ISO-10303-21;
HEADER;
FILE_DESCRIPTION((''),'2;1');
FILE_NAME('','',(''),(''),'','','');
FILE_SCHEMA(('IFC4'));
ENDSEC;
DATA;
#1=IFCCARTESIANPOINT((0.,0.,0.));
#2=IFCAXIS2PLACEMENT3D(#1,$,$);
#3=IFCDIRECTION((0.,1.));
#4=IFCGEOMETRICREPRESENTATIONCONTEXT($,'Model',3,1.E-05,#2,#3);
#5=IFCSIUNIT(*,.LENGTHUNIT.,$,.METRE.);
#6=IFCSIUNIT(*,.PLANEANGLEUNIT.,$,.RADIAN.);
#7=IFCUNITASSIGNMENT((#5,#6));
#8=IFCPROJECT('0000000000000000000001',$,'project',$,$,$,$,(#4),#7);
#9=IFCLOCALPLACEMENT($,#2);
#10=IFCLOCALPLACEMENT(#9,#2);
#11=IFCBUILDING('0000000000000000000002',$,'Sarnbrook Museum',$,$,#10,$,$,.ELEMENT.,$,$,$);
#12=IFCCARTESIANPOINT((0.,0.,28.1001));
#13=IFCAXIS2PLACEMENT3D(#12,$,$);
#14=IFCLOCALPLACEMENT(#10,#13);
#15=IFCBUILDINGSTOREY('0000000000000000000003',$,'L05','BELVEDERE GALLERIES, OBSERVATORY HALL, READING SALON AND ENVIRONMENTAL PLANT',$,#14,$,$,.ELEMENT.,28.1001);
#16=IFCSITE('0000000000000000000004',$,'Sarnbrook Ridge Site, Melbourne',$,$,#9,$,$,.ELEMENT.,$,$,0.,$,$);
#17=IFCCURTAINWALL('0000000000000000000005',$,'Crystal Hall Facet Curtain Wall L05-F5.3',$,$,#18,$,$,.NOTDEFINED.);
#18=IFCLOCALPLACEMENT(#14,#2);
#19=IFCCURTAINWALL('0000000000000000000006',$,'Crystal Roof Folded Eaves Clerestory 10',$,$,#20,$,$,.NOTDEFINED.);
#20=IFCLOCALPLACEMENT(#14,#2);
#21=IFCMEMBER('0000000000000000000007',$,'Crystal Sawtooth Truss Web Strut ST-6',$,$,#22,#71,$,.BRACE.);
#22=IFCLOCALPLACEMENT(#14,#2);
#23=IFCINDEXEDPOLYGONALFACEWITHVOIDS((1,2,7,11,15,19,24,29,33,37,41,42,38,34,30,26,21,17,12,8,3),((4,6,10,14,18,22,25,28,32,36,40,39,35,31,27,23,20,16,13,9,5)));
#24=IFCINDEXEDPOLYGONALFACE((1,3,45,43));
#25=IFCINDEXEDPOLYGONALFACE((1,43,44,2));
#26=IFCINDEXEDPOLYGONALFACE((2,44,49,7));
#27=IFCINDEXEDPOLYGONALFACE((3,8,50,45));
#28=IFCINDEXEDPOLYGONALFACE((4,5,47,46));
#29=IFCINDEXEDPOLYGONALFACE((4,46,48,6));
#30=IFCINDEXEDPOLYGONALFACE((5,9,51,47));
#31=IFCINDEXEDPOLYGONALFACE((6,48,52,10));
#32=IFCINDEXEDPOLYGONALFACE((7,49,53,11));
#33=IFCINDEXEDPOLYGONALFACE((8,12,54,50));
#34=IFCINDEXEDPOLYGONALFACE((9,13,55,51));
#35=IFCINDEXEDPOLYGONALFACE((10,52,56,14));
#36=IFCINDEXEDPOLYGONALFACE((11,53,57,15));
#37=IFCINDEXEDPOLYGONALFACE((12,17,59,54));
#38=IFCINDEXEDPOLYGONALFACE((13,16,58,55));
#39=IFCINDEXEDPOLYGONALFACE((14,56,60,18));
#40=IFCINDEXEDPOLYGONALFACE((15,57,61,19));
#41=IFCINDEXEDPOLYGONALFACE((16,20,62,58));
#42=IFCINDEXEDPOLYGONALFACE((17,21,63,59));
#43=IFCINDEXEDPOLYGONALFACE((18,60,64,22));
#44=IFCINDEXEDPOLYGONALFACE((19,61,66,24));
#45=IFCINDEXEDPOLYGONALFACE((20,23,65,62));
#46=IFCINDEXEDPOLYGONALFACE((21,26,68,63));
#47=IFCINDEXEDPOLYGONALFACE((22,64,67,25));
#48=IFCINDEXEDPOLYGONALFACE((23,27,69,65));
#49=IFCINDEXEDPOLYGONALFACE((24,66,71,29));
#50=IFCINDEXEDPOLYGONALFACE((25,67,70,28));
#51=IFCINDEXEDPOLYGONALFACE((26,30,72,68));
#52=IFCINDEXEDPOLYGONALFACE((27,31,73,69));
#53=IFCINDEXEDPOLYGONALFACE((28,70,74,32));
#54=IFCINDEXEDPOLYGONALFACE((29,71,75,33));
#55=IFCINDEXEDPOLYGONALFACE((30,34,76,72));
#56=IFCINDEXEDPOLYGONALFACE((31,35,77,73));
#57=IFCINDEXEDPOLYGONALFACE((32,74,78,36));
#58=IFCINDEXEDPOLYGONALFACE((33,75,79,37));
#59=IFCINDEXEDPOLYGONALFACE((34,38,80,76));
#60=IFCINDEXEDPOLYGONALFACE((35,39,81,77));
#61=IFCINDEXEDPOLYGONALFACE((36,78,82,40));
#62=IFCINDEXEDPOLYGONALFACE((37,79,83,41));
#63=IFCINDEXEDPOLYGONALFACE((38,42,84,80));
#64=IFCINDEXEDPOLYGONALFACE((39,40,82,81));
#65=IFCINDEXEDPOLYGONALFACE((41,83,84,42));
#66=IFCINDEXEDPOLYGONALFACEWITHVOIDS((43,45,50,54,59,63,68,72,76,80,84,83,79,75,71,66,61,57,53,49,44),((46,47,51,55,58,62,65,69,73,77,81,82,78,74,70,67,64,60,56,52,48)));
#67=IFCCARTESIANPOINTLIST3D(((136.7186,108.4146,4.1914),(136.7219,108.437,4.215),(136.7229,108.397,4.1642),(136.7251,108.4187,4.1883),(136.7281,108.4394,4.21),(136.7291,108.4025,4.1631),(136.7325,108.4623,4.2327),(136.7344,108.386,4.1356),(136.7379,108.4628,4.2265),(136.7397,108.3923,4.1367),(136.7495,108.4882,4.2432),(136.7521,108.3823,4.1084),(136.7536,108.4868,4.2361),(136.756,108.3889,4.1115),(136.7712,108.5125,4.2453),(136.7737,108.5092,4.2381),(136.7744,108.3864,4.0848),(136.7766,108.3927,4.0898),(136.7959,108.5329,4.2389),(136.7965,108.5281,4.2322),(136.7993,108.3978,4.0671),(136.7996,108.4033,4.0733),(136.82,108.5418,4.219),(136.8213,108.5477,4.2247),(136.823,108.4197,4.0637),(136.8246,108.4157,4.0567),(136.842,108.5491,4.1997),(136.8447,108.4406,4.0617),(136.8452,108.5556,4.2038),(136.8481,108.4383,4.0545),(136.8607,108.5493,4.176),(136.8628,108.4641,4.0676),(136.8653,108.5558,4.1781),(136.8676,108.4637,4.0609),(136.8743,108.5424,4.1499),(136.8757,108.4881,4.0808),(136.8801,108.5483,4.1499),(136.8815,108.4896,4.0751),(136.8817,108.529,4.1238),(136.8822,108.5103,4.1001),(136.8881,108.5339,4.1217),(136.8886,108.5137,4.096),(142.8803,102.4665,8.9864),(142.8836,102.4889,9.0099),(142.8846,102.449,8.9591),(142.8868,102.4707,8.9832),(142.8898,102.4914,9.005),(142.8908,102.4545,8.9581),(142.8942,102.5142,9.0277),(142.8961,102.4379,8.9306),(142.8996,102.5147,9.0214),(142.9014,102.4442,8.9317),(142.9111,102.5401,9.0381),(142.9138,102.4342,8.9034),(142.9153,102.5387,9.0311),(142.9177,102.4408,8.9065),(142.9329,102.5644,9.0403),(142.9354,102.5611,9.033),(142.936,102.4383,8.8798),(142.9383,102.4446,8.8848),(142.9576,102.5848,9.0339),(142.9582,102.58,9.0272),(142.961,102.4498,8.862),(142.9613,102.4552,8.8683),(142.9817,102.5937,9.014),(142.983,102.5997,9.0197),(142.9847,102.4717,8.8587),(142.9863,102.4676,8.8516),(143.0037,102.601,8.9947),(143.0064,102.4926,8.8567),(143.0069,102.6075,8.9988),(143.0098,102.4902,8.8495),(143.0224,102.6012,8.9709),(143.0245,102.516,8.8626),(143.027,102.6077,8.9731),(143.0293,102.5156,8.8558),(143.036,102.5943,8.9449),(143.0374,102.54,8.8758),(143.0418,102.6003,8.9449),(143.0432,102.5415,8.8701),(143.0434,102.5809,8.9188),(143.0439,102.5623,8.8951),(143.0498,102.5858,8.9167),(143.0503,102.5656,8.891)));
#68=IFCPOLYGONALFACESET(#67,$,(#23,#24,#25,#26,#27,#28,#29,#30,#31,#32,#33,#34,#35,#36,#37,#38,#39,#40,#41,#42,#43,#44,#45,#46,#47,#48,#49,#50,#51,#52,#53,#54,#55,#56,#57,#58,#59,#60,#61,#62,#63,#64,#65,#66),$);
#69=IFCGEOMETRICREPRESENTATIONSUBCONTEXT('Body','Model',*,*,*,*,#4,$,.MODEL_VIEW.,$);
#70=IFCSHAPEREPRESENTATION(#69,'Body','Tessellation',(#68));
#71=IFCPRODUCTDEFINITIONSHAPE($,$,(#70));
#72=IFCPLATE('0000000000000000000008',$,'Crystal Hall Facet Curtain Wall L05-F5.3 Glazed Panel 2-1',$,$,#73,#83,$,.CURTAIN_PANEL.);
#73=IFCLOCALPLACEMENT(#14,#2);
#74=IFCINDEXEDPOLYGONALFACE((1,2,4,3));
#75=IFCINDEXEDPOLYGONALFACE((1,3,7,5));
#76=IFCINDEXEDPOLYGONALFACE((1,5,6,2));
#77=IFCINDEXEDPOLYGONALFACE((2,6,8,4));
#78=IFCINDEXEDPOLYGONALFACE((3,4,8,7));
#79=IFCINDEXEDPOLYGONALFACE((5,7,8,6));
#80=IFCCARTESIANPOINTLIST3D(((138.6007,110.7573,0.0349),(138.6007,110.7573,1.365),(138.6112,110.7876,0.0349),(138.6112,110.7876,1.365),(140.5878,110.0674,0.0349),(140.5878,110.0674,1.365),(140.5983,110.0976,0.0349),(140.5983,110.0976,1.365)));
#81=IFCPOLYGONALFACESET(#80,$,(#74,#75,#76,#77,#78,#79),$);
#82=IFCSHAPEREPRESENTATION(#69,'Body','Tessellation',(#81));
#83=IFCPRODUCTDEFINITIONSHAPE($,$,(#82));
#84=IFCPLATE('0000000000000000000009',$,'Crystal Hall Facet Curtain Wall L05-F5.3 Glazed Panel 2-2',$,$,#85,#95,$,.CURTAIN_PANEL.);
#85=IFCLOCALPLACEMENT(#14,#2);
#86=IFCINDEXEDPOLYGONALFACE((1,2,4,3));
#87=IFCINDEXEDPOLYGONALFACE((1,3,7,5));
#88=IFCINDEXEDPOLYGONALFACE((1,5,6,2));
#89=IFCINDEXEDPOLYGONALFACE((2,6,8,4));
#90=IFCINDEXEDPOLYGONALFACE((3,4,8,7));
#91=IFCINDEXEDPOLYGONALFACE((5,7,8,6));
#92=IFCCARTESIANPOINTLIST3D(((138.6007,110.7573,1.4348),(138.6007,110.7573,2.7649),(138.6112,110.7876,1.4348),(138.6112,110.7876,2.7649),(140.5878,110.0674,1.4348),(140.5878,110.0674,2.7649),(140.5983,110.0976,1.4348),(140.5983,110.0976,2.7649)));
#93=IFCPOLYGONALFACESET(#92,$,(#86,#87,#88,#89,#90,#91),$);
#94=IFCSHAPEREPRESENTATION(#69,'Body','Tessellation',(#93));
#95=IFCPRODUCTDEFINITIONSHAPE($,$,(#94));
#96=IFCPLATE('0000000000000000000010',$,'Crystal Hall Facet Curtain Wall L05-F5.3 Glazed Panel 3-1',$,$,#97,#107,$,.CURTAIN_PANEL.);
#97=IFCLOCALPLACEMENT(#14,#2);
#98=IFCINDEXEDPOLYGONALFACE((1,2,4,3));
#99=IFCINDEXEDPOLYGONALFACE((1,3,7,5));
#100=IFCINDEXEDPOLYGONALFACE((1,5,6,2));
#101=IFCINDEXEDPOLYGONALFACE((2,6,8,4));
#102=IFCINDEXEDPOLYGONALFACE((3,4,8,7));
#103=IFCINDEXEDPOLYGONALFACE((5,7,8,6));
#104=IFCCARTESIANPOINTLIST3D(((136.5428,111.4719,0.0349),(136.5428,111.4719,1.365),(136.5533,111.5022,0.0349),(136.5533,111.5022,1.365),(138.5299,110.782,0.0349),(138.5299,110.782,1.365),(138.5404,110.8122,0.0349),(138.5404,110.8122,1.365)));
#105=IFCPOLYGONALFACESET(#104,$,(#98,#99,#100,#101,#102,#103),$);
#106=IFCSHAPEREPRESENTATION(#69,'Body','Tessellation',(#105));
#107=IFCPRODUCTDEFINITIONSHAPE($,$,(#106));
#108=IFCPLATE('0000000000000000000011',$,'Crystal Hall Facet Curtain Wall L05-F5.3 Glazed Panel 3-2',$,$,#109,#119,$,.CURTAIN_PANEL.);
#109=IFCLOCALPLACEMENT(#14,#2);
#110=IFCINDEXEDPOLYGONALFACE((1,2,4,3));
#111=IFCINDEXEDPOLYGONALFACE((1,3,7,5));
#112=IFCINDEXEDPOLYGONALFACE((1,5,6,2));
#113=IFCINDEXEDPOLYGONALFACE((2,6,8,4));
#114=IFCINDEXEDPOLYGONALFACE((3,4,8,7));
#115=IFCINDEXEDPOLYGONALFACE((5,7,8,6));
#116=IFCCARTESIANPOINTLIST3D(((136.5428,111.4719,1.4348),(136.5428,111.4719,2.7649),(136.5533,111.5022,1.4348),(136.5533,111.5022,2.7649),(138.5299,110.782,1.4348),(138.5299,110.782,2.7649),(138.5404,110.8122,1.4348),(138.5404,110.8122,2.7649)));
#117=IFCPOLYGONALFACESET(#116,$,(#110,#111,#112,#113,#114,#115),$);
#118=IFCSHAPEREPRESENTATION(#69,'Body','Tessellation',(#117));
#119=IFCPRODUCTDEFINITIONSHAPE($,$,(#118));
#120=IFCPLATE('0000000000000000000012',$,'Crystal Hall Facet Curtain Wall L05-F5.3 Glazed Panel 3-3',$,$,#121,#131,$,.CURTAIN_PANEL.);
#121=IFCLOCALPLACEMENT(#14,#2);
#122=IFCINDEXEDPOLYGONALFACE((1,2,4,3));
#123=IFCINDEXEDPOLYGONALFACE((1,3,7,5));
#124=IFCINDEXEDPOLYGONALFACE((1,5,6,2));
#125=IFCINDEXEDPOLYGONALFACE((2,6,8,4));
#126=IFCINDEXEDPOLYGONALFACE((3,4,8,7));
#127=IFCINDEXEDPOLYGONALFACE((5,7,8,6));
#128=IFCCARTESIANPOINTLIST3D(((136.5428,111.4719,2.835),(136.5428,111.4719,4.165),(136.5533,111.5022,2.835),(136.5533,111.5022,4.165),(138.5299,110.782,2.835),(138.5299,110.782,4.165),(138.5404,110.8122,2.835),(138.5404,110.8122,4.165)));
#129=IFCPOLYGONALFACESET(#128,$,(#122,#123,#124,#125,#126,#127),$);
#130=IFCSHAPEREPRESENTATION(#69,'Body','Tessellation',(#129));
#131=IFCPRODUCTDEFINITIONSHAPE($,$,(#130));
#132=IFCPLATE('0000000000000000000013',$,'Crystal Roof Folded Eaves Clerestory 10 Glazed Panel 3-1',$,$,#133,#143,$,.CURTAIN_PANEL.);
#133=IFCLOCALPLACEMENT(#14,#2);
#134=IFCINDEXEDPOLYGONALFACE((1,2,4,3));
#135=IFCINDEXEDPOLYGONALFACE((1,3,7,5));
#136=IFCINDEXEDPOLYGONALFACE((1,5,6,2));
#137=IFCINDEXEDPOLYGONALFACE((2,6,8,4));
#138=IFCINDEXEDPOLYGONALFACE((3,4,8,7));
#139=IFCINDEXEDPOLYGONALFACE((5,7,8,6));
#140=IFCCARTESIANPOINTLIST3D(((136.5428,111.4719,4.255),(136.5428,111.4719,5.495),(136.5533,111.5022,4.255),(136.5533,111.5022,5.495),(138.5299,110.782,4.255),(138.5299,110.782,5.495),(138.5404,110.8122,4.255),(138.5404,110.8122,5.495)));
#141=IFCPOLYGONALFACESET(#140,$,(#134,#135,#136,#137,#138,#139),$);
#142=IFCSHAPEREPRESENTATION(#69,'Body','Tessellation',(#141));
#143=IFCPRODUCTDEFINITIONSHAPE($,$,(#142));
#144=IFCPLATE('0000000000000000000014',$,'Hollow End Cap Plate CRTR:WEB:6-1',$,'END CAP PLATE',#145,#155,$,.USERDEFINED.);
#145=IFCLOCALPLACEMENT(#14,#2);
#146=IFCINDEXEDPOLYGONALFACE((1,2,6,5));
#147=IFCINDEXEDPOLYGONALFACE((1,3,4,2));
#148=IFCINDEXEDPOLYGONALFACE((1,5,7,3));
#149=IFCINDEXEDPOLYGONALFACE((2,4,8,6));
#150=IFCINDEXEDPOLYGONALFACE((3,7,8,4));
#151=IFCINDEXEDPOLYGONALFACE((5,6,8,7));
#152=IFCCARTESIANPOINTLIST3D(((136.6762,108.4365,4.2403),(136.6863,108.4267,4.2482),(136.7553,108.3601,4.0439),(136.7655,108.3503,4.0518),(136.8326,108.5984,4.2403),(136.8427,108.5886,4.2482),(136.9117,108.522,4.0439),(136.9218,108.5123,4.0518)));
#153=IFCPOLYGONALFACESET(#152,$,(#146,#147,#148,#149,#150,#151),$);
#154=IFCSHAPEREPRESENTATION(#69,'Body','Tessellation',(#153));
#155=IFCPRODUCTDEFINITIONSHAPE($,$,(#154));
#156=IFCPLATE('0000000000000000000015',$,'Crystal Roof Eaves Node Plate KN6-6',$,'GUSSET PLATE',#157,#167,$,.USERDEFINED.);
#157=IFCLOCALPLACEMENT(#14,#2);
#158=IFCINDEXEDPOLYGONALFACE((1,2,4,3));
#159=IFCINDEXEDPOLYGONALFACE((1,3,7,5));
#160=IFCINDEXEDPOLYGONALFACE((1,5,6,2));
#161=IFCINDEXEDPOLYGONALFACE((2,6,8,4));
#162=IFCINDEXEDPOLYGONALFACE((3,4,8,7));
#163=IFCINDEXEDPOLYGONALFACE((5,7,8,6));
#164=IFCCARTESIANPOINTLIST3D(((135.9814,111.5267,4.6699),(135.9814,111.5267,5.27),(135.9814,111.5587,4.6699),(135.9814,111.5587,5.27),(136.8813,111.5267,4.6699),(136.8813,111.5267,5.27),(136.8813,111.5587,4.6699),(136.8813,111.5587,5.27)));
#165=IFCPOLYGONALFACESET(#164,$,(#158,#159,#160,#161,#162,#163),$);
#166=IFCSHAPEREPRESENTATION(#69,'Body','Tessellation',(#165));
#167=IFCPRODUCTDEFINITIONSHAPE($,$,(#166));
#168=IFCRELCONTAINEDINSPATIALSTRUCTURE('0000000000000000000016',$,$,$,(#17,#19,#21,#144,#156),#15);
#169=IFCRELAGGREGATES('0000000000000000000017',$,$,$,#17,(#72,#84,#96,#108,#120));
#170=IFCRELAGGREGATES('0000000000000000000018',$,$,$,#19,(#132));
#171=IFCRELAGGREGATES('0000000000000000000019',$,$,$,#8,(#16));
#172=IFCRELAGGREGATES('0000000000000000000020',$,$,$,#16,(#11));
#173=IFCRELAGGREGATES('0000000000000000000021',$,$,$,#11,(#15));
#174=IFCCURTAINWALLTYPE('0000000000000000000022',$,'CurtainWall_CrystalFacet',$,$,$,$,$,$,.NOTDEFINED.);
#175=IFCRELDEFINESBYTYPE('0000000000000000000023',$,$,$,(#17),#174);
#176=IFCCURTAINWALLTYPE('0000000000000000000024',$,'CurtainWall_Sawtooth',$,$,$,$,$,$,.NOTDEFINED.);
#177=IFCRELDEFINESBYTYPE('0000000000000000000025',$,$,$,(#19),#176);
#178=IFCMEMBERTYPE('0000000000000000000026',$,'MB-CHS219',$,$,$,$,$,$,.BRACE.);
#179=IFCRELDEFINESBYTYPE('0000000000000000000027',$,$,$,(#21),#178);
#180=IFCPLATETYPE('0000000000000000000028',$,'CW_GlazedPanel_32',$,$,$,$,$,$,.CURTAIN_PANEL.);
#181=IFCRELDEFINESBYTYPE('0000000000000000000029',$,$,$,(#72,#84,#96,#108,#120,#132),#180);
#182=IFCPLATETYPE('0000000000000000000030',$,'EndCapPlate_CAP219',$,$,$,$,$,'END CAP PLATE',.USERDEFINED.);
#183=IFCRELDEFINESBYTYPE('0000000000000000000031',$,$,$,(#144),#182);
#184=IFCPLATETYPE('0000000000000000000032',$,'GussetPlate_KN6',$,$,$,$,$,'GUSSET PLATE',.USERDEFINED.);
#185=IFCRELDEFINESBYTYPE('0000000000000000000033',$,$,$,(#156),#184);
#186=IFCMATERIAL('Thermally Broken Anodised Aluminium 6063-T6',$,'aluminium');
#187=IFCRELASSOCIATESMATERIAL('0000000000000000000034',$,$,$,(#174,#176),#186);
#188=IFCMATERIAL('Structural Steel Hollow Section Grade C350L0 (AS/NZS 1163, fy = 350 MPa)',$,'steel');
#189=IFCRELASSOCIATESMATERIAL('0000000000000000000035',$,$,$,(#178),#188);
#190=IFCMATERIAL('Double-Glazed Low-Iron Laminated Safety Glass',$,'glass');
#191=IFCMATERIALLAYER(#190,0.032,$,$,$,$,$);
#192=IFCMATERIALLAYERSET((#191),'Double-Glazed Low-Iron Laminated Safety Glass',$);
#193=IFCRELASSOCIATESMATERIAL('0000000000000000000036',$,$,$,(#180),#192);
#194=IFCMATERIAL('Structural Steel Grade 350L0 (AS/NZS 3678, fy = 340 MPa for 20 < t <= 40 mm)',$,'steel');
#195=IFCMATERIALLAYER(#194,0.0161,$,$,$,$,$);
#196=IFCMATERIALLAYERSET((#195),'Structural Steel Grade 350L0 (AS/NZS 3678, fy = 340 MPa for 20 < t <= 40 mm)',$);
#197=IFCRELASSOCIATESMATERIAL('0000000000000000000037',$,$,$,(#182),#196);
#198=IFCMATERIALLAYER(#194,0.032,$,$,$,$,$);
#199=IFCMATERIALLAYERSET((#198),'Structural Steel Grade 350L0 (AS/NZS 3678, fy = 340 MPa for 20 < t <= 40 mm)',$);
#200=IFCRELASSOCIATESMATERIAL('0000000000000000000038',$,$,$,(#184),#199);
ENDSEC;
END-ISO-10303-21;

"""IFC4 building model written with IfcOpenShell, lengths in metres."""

from ifc_helpers import new_model, si_unit, direction, frame, origin, origin_2d, place, context, subcontext, project, spatial, rectangle, hollow_circle, extrude, material, layer, layer_set, material_profile, profile_set, type_object, element, aggregate, save


model = new_model("IFC4")

# Units and contexts
model_context = context("Model", 3, precision=1e-05, world=origin(), true_north=direction((0.0, 1.0)))
body_context = subcontext(model_context, "Body", "Model", "MODEL_VIEW")
ifc_project = project(units=[si_unit("LENGTHUNIT", "METRE"), si_unit("PLANEANGLEUNIT", "RADIAN")], contexts=[model_context])

# Site, building, storey
site_placement = place(None, origin())
site = spatial("IfcSite", under=ifc_project, at=site_placement, Name="Sarnbrook Ridge Site, Melbourne", CompositionType="ELEMENT", RefElevation=0.0)
building_placement = place(site_placement, origin())
building = spatial("IfcBuilding", under=site, at=building_placement, Name="Sarnbrook Museum", CompositionType="ELEMENT")
storey_placement = place(building_placement, frame((0.0, 0.0, 28.1001)))
storey = spatial("IfcBuildingStorey", under=building, at=storey_placement, Name="L05", Description="BELVEDERE GALLERIES, OBSERVATORY HALL, READING SALON AND ENVIRONMENTAL PLANT", CompositionType="ELEMENT", Elevation=28.1001)

# Shared definitions
ifc_material_1 = material(Name="Structural Steel Grade 350L0 (AS/NZS 3678, fy = 340 MPa for 20 < t <= 40 mm)", Category="steel")

# Curtain walls
ifc_material_2 = material(Name="Thermally Broken Anodised Aluminium 6063-T6", Category="aluminium")
curtain_wall_type_1 = type_object("IfcCurtainWallType", Name="CurtainWall_CrystalFacet", PredefinedType="NOTDEFINED", material=ifc_material_2)
curtain_wall_1_placement = place(storey_placement, origin())
curtain_wall_1 = element("IfcCurtainWall", 1, at=curtain_wall_1_placement, inside=storey, type_object=curtain_wall_type_1, Name="Crystal Hall Facet Curtain Wall L05-F5.3", PredefinedType="NOTDEFINED")
curtain_wall_type_2 = type_object("IfcCurtainWallType", Name="CurtainWall_Sawtooth", PredefinedType="NOTDEFINED", material=ifc_material_2)
curtain_wall_2_placement = place(storey_placement, origin())
curtain_wall_2 = element("IfcCurtainWall", 2, at=curtain_wall_2_placement, inside=storey, type_object=curtain_wall_type_2, Name="Crystal Roof Folded Eaves Clerestory 10", PredefinedType="NOTDEFINED")

# Member
ifc_material_3 = material(Name="Structural Steel Hollow Section Grade C350L0 (AS/NZS 1163, fy = 350 MPa)", Category="steel")
ifc_material_profile_1 = material_profile(ifc_material_3, hollow_circle(Radius=0.1096, WallThickness=0.0083, at=origin_2d()), Name="219.1x8.2CHS")
ifc_profile_set_1 = profile_set([ifc_material_profile_1], Name="Structural Steel Hollow Section Grade C350L0 (AS/NZS 1163, fy = 350 MPa)")
member_type_1 = type_object("IfcMemberType", Name="MB-CHS219", PredefinedType="BRACE", material=ifc_profile_set_1)
member_1_placement = place(storey_placement, frame((136.804, 108.4695, 4.1499), z_axis=(0.627772, -0.606007, 0.488527), x_axis=(0.694525, 0.719469, 0.0)))
element("IfcMember", 3, at=member_1_placement, inside=storey, type_object=member_type_1, Name="Crystal Sawtooth Truss Web Strut ST-6", PredefinedType="BRACE", context=body_context, shape_type="SweptSolid", body=[
    extrude(hollow_circle(Radius=0.1096, WallThickness=0.0083, at=origin_2d()), origin(), (0.0, 0.0, 1.0), 9.8152),
])

# Plates
ifc_material_4 = material(Name="Double-Glazed Low-Iron Laminated Safety Glass", Category="glass")
ifc_layer_1 = layer(ifc_material_4, 0.032)
ifc_layer_set_1 = layer_set([ifc_layer_1], Name="Double-Glazed Low-Iron Laminated Safety Glass")
plate_type_1 = type_object("IfcPlateType", Name="CW_GlazedPanel_32", PredefinedType="CURTAIN_PANEL", material=ifc_layer_set_1)
plate_1_placement = place(storey_placement, frame((139.5942, 110.4124, 0.7), z_axis=(0.328015, 0.944673, 0.0), x_axis=(-0.944673, 0.328015, 0.0)))
plate_1 = element("IfcPlate", 4, at=plate_1_placement, type_object=plate_type_1, Name="Crystal Hall Facet Curtain Wall L05-F5.3 Glazed Panel 2-1", PredefinedType="CURTAIN_PANEL", context=body_context, shape_type="SweptSolid", body=[
    extrude(rectangle(XDim=2.1035, YDim=1.3301, at=origin_2d()), origin(), (0.0, 0.0, 1.0), 0.032),
])
plate_2_placement = place(storey_placement, frame((139.5942, 110.4124, 2.0999), z_axis=(0.328015, 0.944673, 0.0), x_axis=(-0.944673, 0.328015, 0.0)))
plate_2 = element("IfcPlate", 5, at=plate_2_placement, type_object=plate_type_1, Name="Crystal Hall Facet Curtain Wall L05-F5.3 Glazed Panel 2-2", PredefinedType="CURTAIN_PANEL", context=body_context, shape_type="SweptSolid", body=[
    extrude(rectangle(XDim=2.1035, YDim=1.3301, at=origin_2d()), origin(), (0.0, 0.0, 1.0), 0.032),
])
plate_3_placement = place(storey_placement, frame((137.5364, 111.127, 0.7), z_axis=(0.328015, 0.944673, 0.0), x_axis=(-0.944673, 0.328015, 0.0)))
plate_3 = element("IfcPlate", 6, at=plate_3_placement, type_object=plate_type_1, Name="Crystal Hall Facet Curtain Wall L05-F5.3 Glazed Panel 3-1", PredefinedType="CURTAIN_PANEL", context=body_context, shape_type="SweptSolid", body=[
    extrude(rectangle(XDim=2.1035, YDim=1.3301, at=origin_2d()), origin(), (0.0, 0.0, 1.0), 0.032),
])
plate_4_placement = place(storey_placement, frame((137.5364, 111.127, 2.0999), z_axis=(0.328015, 0.944673, 0.0), x_axis=(-0.944673, 0.328015, 0.0)))
plate_4 = element("IfcPlate", 7, at=plate_4_placement, type_object=plate_type_1, Name="Crystal Hall Facet Curtain Wall L05-F5.3 Glazed Panel 3-2", PredefinedType="CURTAIN_PANEL", context=body_context, shape_type="SweptSolid", body=[
    extrude(rectangle(XDim=2.1035, YDim=1.3301, at=origin_2d()), origin(), (0.0, 0.0, 1.0), 0.032),
])
plate_5_placement = place(storey_placement, frame((137.5364, 111.127, 3.5), z_axis=(0.328015, 0.944673, 0.0), x_axis=(-0.944673, 0.328015, 0.0)))
plate_5 = element("IfcPlate", 8, at=plate_5_placement, type_object=plate_type_1, Name="Crystal Hall Facet Curtain Wall L05-F5.3 Glazed Panel 3-3", PredefinedType="CURTAIN_PANEL", context=body_context, shape_type="SweptSolid", body=[
    extrude(rectangle(XDim=2.1035, YDim=1.3301, at=origin_2d()), origin(), (0.0, 0.0, 1.0), 0.032),
])
aggregate(curtain_wall_1, [plate_1, plate_2, plate_3, plate_4, plate_5])
plate_6_placement = place(storey_placement, frame((137.5364, 111.127, 4.875), z_axis=(0.328015, 0.944673, 0.0), x_axis=(-0.944673, 0.328015, 0.0)))
plate_6 = element("IfcPlate", 9, at=plate_6_placement, type_object=plate_type_1, Name="Crystal Roof Folded Eaves Clerestory 10 Glazed Panel 3-1", PredefinedType="CURTAIN_PANEL", context=body_context, shape_type="SweptSolid", body=[
    extrude(rectangle(XDim=2.1035, YDim=1.24, at=origin_2d()), origin(), (0.0, 0.0, 1.0), 0.032),
])
aggregate(curtain_wall_2, [plate_6])

# Plates
ifc_layer_2 = layer(ifc_material_1, 0.0161)
ifc_layer_set_2 = layer_set([ifc_layer_2], Name="Structural Steel Grade 350L0 (AS/NZS 3678, fy = 340 MPa for 20 < t <= 40 mm)")
plate_type_2 = type_object("IfcPlateType", Name="EndCapPlate_CAP219", ElementType="END CAP PLATE", PredefinedType="USERDEFINED", material=ifc_layer_set_2)
plate_7_placement = place(storey_placement, frame((136.7939, 108.4792, 4.1421), z_axis=(0.627768, -0.606005, 0.488533), x_axis=(0.694526, 0.719467, 0.0)))
element("IfcPlate", 10, at=plate_7_placement, inside=storey, type_object=plate_type_2, Name="Hollow End Cap Plate CRTR:WEB:6-1", ObjectType="END CAP PLATE", PredefinedType="USERDEFINED", context=body_context, shape_type="SweptSolid", body=[
    extrude(rectangle(XDim=0.2251, YDim=0.2251, at=origin_2d()), origin(), (0.0, 0.0, 1.0), 0.0161),
])
ifc_layer_3 = layer(ifc_material_1, 0.032)
ifc_layer_set_3 = layer_set([ifc_layer_3], Name="Structural Steel Grade 350L0 (AS/NZS 3678, fy = 340 MPa for 20 < t <= 40 mm)")
plate_type_3 = type_object("IfcPlateType", Name="GussetPlate_KN6", ElementType="GUSSET PLATE", PredefinedType="USERDEFINED", material=ifc_layer_set_3)
plate_8_placement = place(storey_placement, frame((136.4314, 111.5427, 4.6699), z_axis=(0.0, 0.0, 1.0), x_axis=(1.0, 0.0, 0.0)))
element("IfcPlate", 11, at=plate_8_placement, inside=storey, type_object=plate_type_3, Name="Crystal Roof Eaves Node Plate KN6-6", ObjectType="GUSSET PLATE", PredefinedType="USERDEFINED", context=body_context, shape_type="SweptSolid", body=[
    extrude(rectangle(XDim=0.8999, YDim=0.032, at=origin_2d()), origin(), (0.0, 0.0, 1.0), 0.6001),
])

save(model, "model.ifc")
